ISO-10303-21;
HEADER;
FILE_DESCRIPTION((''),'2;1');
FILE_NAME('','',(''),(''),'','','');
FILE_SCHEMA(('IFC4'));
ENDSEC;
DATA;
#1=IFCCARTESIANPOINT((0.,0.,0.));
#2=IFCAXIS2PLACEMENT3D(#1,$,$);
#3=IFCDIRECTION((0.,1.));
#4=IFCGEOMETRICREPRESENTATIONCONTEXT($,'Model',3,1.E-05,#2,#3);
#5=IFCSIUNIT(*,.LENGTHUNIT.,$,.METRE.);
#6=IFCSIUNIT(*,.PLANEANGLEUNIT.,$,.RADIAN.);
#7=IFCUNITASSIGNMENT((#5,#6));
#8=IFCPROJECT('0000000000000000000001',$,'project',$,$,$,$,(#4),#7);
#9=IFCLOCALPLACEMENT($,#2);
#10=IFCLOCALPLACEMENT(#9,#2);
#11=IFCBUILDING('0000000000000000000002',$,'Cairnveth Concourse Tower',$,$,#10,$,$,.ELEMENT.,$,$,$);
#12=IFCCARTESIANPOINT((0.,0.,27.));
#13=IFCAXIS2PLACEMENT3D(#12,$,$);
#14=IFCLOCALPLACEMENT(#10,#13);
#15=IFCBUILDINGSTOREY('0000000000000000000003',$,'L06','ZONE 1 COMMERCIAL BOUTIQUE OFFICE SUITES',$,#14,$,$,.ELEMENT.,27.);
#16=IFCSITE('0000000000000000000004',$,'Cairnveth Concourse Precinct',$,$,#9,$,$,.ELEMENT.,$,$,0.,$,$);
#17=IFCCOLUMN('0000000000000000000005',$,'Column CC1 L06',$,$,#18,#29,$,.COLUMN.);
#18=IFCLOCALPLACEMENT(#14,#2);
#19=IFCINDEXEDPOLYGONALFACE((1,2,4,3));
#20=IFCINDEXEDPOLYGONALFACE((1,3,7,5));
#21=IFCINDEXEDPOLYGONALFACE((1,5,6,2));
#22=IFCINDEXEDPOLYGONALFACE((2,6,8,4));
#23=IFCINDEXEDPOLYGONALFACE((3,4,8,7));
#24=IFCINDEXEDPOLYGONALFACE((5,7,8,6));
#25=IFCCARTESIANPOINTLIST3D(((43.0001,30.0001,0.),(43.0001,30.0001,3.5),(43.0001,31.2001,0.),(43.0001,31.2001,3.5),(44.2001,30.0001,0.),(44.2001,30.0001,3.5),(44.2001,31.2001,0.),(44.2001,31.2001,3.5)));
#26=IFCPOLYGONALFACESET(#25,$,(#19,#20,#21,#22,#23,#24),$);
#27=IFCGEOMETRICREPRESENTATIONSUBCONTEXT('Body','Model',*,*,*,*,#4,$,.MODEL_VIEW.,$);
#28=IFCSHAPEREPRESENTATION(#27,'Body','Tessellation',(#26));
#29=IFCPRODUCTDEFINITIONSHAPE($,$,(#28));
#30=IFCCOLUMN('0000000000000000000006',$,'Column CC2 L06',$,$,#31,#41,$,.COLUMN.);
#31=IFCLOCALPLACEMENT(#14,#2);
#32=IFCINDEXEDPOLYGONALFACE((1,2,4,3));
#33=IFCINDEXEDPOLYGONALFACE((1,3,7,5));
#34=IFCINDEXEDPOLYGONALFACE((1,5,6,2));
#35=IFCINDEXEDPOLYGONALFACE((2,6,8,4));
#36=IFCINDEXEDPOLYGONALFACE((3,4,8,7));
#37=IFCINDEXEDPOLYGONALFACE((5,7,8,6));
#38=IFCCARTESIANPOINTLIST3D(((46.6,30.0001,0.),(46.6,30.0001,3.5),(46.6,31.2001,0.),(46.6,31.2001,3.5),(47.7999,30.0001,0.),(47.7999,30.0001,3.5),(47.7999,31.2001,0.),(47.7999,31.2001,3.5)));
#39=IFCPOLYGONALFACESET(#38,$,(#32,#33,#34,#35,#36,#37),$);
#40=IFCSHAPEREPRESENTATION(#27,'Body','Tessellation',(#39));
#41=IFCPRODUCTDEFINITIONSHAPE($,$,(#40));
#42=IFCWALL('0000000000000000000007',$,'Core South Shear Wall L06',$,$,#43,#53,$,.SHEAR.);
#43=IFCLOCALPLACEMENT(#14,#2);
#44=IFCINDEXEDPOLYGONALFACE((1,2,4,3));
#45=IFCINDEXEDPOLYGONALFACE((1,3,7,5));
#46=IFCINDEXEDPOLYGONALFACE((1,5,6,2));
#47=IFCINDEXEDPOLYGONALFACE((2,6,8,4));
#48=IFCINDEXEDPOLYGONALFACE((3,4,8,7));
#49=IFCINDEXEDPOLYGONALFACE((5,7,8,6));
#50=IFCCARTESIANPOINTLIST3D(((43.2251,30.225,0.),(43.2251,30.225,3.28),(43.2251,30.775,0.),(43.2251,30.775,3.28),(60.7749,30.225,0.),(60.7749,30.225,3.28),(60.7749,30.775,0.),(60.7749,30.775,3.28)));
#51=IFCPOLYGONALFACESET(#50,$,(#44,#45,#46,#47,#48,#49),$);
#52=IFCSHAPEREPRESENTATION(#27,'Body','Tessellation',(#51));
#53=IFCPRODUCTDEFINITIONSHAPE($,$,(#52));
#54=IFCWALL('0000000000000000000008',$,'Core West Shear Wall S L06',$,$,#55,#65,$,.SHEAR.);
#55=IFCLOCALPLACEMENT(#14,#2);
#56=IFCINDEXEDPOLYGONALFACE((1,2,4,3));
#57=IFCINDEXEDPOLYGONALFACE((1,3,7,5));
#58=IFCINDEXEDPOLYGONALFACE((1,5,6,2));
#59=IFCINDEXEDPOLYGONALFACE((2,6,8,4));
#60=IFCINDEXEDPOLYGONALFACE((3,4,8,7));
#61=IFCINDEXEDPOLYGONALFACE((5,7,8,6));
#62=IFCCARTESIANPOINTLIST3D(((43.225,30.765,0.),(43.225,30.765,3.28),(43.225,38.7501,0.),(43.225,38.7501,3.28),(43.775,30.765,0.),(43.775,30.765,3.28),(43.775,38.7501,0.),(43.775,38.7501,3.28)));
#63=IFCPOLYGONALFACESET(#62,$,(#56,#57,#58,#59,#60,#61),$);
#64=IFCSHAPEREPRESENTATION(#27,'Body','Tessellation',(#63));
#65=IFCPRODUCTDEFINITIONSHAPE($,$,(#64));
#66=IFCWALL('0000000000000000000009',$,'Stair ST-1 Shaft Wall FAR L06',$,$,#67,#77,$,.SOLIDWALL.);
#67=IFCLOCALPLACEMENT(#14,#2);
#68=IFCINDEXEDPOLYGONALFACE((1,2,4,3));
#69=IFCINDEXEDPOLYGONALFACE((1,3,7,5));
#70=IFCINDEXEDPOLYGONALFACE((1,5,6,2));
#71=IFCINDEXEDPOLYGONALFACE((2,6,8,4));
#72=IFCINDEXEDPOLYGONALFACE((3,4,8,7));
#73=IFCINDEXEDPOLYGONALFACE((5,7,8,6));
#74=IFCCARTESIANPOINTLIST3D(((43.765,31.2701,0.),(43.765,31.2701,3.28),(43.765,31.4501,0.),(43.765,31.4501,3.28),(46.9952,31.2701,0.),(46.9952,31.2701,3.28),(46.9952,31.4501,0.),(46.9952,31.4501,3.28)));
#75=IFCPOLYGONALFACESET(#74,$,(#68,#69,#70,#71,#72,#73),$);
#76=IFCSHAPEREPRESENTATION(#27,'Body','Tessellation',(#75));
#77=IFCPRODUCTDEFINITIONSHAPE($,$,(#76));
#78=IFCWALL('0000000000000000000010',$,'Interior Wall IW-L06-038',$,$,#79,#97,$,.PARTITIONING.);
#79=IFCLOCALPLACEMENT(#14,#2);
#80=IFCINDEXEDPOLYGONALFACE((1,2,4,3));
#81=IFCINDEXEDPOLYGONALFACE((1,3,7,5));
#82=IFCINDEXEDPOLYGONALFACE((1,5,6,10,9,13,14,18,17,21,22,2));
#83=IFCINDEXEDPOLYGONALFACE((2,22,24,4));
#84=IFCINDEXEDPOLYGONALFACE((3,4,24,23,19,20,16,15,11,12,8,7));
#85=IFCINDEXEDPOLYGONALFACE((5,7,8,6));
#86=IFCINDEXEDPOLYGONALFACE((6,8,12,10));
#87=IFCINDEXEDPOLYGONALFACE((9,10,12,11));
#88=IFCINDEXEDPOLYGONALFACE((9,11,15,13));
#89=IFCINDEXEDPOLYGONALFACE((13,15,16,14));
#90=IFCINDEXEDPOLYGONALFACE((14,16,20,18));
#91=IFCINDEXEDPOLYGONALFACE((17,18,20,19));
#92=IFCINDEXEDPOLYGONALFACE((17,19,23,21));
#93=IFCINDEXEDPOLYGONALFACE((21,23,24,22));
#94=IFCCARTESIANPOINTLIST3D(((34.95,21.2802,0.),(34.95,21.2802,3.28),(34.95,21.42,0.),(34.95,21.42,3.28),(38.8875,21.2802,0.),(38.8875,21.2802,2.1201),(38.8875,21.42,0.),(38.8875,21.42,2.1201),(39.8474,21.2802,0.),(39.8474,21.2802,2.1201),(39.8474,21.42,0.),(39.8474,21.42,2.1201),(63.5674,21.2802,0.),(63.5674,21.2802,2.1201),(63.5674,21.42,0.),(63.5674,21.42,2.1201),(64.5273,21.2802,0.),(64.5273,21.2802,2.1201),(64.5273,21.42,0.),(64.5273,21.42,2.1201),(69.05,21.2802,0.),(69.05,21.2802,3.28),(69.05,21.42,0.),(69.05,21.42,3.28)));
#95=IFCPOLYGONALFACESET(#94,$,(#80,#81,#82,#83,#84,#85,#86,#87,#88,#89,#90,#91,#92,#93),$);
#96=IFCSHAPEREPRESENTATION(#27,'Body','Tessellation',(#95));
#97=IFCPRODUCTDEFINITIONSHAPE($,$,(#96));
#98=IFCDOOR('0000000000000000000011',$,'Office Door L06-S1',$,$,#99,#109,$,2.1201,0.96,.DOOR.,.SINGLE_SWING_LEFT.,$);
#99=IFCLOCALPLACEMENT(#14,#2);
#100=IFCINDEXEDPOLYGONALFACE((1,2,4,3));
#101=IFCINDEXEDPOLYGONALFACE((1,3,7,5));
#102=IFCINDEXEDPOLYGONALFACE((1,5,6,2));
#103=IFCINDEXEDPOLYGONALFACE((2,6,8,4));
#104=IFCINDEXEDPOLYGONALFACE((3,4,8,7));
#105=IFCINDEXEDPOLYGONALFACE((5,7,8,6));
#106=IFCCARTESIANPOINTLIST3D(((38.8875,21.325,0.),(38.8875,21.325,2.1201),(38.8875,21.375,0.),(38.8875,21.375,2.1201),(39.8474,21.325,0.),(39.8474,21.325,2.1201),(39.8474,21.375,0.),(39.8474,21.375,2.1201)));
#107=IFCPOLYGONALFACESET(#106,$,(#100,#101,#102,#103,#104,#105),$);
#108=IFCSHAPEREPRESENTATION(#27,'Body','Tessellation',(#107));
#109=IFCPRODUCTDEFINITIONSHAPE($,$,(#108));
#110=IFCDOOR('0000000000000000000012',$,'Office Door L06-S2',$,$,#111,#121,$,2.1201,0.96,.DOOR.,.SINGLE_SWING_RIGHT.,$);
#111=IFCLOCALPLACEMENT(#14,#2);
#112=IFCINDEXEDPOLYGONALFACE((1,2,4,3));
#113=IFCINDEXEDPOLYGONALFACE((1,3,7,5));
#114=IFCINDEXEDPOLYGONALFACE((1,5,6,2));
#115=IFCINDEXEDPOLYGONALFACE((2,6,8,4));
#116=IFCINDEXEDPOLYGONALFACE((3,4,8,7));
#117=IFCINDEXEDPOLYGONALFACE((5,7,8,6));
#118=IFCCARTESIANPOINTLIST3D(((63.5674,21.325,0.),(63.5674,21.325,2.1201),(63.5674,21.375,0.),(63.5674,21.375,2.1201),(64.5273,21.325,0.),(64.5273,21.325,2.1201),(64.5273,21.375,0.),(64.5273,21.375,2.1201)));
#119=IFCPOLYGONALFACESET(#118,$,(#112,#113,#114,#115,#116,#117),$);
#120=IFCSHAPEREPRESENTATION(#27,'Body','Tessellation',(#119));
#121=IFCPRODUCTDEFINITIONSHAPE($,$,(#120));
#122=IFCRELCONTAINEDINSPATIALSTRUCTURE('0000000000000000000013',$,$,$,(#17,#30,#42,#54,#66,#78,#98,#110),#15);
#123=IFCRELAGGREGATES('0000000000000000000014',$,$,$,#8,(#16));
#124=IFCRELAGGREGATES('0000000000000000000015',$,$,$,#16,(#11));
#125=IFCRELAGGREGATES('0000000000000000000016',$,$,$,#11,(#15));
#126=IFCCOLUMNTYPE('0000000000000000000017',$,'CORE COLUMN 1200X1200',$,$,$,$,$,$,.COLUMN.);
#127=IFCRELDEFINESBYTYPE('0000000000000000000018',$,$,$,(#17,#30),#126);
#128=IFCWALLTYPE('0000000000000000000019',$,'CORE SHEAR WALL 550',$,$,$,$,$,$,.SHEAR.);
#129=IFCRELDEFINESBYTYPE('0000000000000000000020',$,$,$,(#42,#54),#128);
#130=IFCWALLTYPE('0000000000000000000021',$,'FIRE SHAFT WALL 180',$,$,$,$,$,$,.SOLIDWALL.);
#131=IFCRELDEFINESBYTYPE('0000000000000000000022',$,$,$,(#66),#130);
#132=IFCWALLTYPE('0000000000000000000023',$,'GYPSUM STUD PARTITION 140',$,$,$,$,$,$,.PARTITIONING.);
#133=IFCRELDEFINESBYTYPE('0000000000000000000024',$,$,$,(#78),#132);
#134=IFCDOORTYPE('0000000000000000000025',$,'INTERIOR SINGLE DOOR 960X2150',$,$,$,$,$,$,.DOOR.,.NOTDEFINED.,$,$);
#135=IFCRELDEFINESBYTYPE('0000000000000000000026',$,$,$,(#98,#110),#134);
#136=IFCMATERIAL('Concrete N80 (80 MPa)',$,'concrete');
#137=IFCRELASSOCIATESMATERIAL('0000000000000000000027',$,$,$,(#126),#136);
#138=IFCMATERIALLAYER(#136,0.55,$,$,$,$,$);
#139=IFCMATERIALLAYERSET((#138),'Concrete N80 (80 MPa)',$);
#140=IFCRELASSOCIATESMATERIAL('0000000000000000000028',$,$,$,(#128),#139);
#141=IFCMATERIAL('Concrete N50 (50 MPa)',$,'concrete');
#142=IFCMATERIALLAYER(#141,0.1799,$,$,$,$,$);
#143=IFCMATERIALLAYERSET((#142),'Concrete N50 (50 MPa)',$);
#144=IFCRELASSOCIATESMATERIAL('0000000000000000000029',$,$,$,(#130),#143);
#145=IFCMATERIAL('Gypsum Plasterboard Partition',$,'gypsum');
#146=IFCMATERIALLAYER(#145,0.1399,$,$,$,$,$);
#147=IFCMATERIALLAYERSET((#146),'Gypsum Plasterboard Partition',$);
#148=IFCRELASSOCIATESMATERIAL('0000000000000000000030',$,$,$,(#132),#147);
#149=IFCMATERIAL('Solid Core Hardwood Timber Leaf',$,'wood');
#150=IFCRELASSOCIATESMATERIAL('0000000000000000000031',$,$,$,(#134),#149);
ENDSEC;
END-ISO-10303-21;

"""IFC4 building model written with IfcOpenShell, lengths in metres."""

from ifc_helpers import new_model, si_unit, direction, frame, frame_2d, origin, origin_2d, place, context, subcontext, project, spatial, rectangle, extrude, material, layer, layer_set, material_profile, profile_set, type_object, element, fill, save


model = new_model("IFC4")

# Units and contexts
model_context = context("Model", 3, precision=1e-05, world=origin(), true_north=direction((0.0, 1.0)))
body_context = subcontext(model_context, "Body", "Model", "MODEL_VIEW")
ifc_project = project(units=[si_unit("LENGTHUNIT", "METRE"), si_unit("PLANEANGLEUNIT", "RADIAN")], contexts=[model_context])

# Site, building, storey
site_placement = place(None, origin())
site = spatial("IfcSite", under=ifc_project, at=site_placement, Name="Cairnveth Concourse Precinct", CompositionType="ELEMENT", RefElevation=0.0)
building_placement = place(site_placement, origin())
building = spatial("IfcBuilding", under=site, at=building_placement, Name="Cairnveth Concourse Tower", CompositionType="ELEMENT")
storey_placement = place(building_placement, frame((0.0, 0.0, 27.0)))
storey = spatial("IfcBuildingStorey", under=building, at=storey_placement, Name="L06", Description="ZONE 1 COMMERCIAL BOUTIQUE OFFICE SUITES", CompositionType="ELEMENT", Elevation=27.0)

# Columns
ifc_material_1 = material(Name="Concrete N80 (80 MPa)", Category="concrete")
ifc_material_profile = material_profile(ifc_material_1, rectangle(XDim=1.2, YDim=1.2, at=origin_2d()), Name="RC-COL-1200x1200")
ifc_profile_set = profile_set([ifc_material_profile], Name="Concrete N80 (80 MPa)")
column_type = type_object("IfcColumnType", Name="CORE COLUMN 1200X1200", PredefinedType="COLUMN", material=ifc_profile_set)
for number, where, z_axis, x_axis, name in (
    (1, (43.6001, 30.6001, 0.0), (0.0, 0.0, 1.0), (1.0, 0.0, 0.0), "Column CC1 L06"),
    (2, (47.2, 30.6001, 0.0), (0.0, 0.0, 1.0), (1.0, 0.0, 0.0), "Column CC2 L06"),
):
    element("IfcColumn", number, at=place(storey_placement, frame(where, z_axis=z_axis, x_axis=x_axis)), inside=storey, type_object=column_type, Name=name, PredefinedType="COLUMN", context=body_context, shape_type="SweptSolid", body=[
        extrude(rectangle(XDim=1.2, YDim=1.2, at=origin_2d()), origin(), (0.0, 0.0, 1.0), 3.5),
    ])

# Walls
ifc_layer_1 = layer(ifc_material_1, 0.55)
ifc_layer_set_1 = layer_set([ifc_layer_1], Name="Concrete N80 (80 MPa)")
wall_type_1 = type_object("IfcWallType", Name="CORE SHEAR WALL 550", PredefinedType="SHEAR", material=ifc_layer_set_1)
wall_1_placement = place(storey_placement, frame((43.2251, 30.5, 0.0), z_axis=(0.0, 0.0, 1.0), x_axis=(1.0, 0.0, 0.0)))
element("IfcWall", 3, at=wall_1_placement, inside=storey, type_object=wall_type_1, Name="Core South Shear Wall L06", PredefinedType="SHEAR", context=body_context, shape_type="SweptSolid", body=[
    extrude(rectangle(XDim=17.5498, YDim=0.55, at=frame_2d((8.7749, 0.0))), origin(), (0.0, 0.0, 1.0), 3.28),
])
wall_2_placement = place(storey_placement, frame((43.5, 30.7649, 0.0), z_axis=(0.0, 0.0, 1.0), x_axis=(0.0, 1.0, 0.0)))
element("IfcWall", 4, at=wall_2_placement, inside=storey, type_object=wall_type_1, Name="Core West Shear Wall S L06", PredefinedType="SHEAR", context=body_context, shape_type="SweptSolid", body=[
    extrude(rectangle(XDim=7.9851, YDim=0.55, at=frame_2d((3.9927, 0.0))), origin(), (0.0, 0.0, 1.0), 3.28),
])
ifc_material_2 = material(Name="Concrete N50 (50 MPa)", Category="concrete")
ifc_layer_2 = layer(ifc_material_2, 0.1799)
ifc_layer_set_2 = layer_set([ifc_layer_2], Name="Concrete N50 (50 MPa)")
wall_type_2 = type_object("IfcWallType", Name="FIRE SHAFT WALL 180", PredefinedType="SOLIDWALL", material=ifc_layer_set_2)
wall_3_placement = place(storey_placement, frame((43.7649, 31.3601, 0.0), z_axis=(0.0, 0.0, 1.0), x_axis=(1.0, 0.0, 0.0)))
element("IfcWall", 5, at=wall_3_placement, inside=storey, type_object=wall_type_2, Name="Stair ST-1 Shaft Wall FAR L06", PredefinedType="SOLIDWALL", context=body_context, shape_type="SweptSolid", body=[
    extrude(rectangle(XDim=3.2302, YDim=0.1799, at=frame_2d((1.6152, 0.0))), origin(), (0.0, 0.0, 1.0), 3.28),
])

# Wall, openings, doors
ifc_material_3 = material(Name="Gypsum Plasterboard Partition", Category="gypsum")
ifc_layer_3 = layer(ifc_material_3, 0.1399)
ifc_layer_set_3 = layer_set([ifc_layer_3], Name="Gypsum Plasterboard Partition")
wall_type_3 = type_object("IfcWallType", Name="GYPSUM STUD PARTITION 140", PredefinedType="PARTITIONING", material=ifc_layer_set_3)
wall_4_placement = place(storey_placement, frame((34.95, 21.3501, 0.0), z_axis=(0.0, 0.0, 1.0), x_axis=(1.0, 0.0, 0.0)))
wall_4 = element("IfcWall", 6, at=wall_4_placement, inside=storey, type_object=wall_type_3, Name="Interior Wall IW-L06-038", PredefinedType="PARTITIONING", context=body_context, shape_type="SweptSolid", body=[
    extrude(rectangle(XDim=34.1001, YDim=0.1399, at=frame_2d((17.05, 0.0))), origin(), (0.0, 0.0, 1.0), 3.28),
])
opening_1_placement = place(wall_4_placement, frame((3.9375, 0.0, 0.0)))
opening_1 = element("IfcOpeningElement", 7, at=opening_1_placement, cuts=wall_4, PredefinedType="OPENING", context=body_context, shape_type="SweptSolid", body=[
    extrude(rectangle(XDim=0.96, YDim=2.1201, at=frame_2d((0.48, 1.0601))), frame((0.0, 0.0798, 0.0), z_axis=(0.0, -1.0, 0.0), x_axis=(1.0, 0.0, 0.0)), (0.0, 0.0, 1.0), 0.1599),
])
opening_2_placement = place(wall_4_placement, frame((28.6174, 0.0, 0.0)))
opening_2 = element("IfcOpeningElement", 8, at=opening_2_placement, cuts=wall_4, PredefinedType="OPENING", context=body_context, shape_type="SweptSolid", body=[
    extrude(rectangle(XDim=0.96, YDim=2.1201, at=frame_2d((0.48, 1.0601))), frame((0.0, 0.0798, 0.0), z_axis=(0.0, -1.0, 0.0), x_axis=(1.0, 0.0, 0.0)), (0.0, 0.0, 1.0), 0.1599),
])
ifc_material_4 = material(Name="Solid Core Hardwood Timber Leaf", Category="wood")
door_type_1 = type_object("IfcDoorType", Name="INTERIOR SINGLE DOOR 960X2150", OperationType="NOTDEFINED", PredefinedType="DOOR", material=ifc_material_4)
door_1_placement = place(opening_1_placement, origin())
door_1 = element("IfcDoor", 9, at=door_1_placement, inside=storey, type_object=door_type_1, Name="Office Door L06-S1", OperationType="SINGLE_SWING_LEFT", OverallHeight=2.1201, OverallWidth=0.96, PredefinedType="DOOR", context=body_context, shape_type="SweptSolid", body=[
    extrude(rectangle(XDim=0.96, YDim=2.1201, at=frame_2d((0.48, 1.0601))), frame((0.0, 0.0249, 0.0), z_axis=(0.0, -1.0, 0.0), x_axis=(1.0, 0.0, 0.0)), (0.0, 0.0, 1.0), 0.05),
])
fill(opening_1, door_1)
door_2_placement = place(opening_2_placement, origin())
door_2 = element("IfcDoor", 10, at=door_2_placement, inside=storey, type_object=door_type_1, Name="Office Door L06-S2", OperationType="SINGLE_SWING_RIGHT", OverallHeight=2.1201, OverallWidth=0.96, PredefinedType="DOOR", context=body_context, shape_type="SweptSolid", body=[
    extrude(rectangle(XDim=0.96, YDim=2.1201, at=frame_2d((0.48, 1.0601))), frame((0.0, 0.0249, 0.0), z_axis=(0.0, -1.0, 0.0), x_axis=(1.0, 0.0, 0.0)), (0.0, 0.0, 1.0), 0.05),
])
fill(opening_2, door_2)

save(model, "model.ifc")
